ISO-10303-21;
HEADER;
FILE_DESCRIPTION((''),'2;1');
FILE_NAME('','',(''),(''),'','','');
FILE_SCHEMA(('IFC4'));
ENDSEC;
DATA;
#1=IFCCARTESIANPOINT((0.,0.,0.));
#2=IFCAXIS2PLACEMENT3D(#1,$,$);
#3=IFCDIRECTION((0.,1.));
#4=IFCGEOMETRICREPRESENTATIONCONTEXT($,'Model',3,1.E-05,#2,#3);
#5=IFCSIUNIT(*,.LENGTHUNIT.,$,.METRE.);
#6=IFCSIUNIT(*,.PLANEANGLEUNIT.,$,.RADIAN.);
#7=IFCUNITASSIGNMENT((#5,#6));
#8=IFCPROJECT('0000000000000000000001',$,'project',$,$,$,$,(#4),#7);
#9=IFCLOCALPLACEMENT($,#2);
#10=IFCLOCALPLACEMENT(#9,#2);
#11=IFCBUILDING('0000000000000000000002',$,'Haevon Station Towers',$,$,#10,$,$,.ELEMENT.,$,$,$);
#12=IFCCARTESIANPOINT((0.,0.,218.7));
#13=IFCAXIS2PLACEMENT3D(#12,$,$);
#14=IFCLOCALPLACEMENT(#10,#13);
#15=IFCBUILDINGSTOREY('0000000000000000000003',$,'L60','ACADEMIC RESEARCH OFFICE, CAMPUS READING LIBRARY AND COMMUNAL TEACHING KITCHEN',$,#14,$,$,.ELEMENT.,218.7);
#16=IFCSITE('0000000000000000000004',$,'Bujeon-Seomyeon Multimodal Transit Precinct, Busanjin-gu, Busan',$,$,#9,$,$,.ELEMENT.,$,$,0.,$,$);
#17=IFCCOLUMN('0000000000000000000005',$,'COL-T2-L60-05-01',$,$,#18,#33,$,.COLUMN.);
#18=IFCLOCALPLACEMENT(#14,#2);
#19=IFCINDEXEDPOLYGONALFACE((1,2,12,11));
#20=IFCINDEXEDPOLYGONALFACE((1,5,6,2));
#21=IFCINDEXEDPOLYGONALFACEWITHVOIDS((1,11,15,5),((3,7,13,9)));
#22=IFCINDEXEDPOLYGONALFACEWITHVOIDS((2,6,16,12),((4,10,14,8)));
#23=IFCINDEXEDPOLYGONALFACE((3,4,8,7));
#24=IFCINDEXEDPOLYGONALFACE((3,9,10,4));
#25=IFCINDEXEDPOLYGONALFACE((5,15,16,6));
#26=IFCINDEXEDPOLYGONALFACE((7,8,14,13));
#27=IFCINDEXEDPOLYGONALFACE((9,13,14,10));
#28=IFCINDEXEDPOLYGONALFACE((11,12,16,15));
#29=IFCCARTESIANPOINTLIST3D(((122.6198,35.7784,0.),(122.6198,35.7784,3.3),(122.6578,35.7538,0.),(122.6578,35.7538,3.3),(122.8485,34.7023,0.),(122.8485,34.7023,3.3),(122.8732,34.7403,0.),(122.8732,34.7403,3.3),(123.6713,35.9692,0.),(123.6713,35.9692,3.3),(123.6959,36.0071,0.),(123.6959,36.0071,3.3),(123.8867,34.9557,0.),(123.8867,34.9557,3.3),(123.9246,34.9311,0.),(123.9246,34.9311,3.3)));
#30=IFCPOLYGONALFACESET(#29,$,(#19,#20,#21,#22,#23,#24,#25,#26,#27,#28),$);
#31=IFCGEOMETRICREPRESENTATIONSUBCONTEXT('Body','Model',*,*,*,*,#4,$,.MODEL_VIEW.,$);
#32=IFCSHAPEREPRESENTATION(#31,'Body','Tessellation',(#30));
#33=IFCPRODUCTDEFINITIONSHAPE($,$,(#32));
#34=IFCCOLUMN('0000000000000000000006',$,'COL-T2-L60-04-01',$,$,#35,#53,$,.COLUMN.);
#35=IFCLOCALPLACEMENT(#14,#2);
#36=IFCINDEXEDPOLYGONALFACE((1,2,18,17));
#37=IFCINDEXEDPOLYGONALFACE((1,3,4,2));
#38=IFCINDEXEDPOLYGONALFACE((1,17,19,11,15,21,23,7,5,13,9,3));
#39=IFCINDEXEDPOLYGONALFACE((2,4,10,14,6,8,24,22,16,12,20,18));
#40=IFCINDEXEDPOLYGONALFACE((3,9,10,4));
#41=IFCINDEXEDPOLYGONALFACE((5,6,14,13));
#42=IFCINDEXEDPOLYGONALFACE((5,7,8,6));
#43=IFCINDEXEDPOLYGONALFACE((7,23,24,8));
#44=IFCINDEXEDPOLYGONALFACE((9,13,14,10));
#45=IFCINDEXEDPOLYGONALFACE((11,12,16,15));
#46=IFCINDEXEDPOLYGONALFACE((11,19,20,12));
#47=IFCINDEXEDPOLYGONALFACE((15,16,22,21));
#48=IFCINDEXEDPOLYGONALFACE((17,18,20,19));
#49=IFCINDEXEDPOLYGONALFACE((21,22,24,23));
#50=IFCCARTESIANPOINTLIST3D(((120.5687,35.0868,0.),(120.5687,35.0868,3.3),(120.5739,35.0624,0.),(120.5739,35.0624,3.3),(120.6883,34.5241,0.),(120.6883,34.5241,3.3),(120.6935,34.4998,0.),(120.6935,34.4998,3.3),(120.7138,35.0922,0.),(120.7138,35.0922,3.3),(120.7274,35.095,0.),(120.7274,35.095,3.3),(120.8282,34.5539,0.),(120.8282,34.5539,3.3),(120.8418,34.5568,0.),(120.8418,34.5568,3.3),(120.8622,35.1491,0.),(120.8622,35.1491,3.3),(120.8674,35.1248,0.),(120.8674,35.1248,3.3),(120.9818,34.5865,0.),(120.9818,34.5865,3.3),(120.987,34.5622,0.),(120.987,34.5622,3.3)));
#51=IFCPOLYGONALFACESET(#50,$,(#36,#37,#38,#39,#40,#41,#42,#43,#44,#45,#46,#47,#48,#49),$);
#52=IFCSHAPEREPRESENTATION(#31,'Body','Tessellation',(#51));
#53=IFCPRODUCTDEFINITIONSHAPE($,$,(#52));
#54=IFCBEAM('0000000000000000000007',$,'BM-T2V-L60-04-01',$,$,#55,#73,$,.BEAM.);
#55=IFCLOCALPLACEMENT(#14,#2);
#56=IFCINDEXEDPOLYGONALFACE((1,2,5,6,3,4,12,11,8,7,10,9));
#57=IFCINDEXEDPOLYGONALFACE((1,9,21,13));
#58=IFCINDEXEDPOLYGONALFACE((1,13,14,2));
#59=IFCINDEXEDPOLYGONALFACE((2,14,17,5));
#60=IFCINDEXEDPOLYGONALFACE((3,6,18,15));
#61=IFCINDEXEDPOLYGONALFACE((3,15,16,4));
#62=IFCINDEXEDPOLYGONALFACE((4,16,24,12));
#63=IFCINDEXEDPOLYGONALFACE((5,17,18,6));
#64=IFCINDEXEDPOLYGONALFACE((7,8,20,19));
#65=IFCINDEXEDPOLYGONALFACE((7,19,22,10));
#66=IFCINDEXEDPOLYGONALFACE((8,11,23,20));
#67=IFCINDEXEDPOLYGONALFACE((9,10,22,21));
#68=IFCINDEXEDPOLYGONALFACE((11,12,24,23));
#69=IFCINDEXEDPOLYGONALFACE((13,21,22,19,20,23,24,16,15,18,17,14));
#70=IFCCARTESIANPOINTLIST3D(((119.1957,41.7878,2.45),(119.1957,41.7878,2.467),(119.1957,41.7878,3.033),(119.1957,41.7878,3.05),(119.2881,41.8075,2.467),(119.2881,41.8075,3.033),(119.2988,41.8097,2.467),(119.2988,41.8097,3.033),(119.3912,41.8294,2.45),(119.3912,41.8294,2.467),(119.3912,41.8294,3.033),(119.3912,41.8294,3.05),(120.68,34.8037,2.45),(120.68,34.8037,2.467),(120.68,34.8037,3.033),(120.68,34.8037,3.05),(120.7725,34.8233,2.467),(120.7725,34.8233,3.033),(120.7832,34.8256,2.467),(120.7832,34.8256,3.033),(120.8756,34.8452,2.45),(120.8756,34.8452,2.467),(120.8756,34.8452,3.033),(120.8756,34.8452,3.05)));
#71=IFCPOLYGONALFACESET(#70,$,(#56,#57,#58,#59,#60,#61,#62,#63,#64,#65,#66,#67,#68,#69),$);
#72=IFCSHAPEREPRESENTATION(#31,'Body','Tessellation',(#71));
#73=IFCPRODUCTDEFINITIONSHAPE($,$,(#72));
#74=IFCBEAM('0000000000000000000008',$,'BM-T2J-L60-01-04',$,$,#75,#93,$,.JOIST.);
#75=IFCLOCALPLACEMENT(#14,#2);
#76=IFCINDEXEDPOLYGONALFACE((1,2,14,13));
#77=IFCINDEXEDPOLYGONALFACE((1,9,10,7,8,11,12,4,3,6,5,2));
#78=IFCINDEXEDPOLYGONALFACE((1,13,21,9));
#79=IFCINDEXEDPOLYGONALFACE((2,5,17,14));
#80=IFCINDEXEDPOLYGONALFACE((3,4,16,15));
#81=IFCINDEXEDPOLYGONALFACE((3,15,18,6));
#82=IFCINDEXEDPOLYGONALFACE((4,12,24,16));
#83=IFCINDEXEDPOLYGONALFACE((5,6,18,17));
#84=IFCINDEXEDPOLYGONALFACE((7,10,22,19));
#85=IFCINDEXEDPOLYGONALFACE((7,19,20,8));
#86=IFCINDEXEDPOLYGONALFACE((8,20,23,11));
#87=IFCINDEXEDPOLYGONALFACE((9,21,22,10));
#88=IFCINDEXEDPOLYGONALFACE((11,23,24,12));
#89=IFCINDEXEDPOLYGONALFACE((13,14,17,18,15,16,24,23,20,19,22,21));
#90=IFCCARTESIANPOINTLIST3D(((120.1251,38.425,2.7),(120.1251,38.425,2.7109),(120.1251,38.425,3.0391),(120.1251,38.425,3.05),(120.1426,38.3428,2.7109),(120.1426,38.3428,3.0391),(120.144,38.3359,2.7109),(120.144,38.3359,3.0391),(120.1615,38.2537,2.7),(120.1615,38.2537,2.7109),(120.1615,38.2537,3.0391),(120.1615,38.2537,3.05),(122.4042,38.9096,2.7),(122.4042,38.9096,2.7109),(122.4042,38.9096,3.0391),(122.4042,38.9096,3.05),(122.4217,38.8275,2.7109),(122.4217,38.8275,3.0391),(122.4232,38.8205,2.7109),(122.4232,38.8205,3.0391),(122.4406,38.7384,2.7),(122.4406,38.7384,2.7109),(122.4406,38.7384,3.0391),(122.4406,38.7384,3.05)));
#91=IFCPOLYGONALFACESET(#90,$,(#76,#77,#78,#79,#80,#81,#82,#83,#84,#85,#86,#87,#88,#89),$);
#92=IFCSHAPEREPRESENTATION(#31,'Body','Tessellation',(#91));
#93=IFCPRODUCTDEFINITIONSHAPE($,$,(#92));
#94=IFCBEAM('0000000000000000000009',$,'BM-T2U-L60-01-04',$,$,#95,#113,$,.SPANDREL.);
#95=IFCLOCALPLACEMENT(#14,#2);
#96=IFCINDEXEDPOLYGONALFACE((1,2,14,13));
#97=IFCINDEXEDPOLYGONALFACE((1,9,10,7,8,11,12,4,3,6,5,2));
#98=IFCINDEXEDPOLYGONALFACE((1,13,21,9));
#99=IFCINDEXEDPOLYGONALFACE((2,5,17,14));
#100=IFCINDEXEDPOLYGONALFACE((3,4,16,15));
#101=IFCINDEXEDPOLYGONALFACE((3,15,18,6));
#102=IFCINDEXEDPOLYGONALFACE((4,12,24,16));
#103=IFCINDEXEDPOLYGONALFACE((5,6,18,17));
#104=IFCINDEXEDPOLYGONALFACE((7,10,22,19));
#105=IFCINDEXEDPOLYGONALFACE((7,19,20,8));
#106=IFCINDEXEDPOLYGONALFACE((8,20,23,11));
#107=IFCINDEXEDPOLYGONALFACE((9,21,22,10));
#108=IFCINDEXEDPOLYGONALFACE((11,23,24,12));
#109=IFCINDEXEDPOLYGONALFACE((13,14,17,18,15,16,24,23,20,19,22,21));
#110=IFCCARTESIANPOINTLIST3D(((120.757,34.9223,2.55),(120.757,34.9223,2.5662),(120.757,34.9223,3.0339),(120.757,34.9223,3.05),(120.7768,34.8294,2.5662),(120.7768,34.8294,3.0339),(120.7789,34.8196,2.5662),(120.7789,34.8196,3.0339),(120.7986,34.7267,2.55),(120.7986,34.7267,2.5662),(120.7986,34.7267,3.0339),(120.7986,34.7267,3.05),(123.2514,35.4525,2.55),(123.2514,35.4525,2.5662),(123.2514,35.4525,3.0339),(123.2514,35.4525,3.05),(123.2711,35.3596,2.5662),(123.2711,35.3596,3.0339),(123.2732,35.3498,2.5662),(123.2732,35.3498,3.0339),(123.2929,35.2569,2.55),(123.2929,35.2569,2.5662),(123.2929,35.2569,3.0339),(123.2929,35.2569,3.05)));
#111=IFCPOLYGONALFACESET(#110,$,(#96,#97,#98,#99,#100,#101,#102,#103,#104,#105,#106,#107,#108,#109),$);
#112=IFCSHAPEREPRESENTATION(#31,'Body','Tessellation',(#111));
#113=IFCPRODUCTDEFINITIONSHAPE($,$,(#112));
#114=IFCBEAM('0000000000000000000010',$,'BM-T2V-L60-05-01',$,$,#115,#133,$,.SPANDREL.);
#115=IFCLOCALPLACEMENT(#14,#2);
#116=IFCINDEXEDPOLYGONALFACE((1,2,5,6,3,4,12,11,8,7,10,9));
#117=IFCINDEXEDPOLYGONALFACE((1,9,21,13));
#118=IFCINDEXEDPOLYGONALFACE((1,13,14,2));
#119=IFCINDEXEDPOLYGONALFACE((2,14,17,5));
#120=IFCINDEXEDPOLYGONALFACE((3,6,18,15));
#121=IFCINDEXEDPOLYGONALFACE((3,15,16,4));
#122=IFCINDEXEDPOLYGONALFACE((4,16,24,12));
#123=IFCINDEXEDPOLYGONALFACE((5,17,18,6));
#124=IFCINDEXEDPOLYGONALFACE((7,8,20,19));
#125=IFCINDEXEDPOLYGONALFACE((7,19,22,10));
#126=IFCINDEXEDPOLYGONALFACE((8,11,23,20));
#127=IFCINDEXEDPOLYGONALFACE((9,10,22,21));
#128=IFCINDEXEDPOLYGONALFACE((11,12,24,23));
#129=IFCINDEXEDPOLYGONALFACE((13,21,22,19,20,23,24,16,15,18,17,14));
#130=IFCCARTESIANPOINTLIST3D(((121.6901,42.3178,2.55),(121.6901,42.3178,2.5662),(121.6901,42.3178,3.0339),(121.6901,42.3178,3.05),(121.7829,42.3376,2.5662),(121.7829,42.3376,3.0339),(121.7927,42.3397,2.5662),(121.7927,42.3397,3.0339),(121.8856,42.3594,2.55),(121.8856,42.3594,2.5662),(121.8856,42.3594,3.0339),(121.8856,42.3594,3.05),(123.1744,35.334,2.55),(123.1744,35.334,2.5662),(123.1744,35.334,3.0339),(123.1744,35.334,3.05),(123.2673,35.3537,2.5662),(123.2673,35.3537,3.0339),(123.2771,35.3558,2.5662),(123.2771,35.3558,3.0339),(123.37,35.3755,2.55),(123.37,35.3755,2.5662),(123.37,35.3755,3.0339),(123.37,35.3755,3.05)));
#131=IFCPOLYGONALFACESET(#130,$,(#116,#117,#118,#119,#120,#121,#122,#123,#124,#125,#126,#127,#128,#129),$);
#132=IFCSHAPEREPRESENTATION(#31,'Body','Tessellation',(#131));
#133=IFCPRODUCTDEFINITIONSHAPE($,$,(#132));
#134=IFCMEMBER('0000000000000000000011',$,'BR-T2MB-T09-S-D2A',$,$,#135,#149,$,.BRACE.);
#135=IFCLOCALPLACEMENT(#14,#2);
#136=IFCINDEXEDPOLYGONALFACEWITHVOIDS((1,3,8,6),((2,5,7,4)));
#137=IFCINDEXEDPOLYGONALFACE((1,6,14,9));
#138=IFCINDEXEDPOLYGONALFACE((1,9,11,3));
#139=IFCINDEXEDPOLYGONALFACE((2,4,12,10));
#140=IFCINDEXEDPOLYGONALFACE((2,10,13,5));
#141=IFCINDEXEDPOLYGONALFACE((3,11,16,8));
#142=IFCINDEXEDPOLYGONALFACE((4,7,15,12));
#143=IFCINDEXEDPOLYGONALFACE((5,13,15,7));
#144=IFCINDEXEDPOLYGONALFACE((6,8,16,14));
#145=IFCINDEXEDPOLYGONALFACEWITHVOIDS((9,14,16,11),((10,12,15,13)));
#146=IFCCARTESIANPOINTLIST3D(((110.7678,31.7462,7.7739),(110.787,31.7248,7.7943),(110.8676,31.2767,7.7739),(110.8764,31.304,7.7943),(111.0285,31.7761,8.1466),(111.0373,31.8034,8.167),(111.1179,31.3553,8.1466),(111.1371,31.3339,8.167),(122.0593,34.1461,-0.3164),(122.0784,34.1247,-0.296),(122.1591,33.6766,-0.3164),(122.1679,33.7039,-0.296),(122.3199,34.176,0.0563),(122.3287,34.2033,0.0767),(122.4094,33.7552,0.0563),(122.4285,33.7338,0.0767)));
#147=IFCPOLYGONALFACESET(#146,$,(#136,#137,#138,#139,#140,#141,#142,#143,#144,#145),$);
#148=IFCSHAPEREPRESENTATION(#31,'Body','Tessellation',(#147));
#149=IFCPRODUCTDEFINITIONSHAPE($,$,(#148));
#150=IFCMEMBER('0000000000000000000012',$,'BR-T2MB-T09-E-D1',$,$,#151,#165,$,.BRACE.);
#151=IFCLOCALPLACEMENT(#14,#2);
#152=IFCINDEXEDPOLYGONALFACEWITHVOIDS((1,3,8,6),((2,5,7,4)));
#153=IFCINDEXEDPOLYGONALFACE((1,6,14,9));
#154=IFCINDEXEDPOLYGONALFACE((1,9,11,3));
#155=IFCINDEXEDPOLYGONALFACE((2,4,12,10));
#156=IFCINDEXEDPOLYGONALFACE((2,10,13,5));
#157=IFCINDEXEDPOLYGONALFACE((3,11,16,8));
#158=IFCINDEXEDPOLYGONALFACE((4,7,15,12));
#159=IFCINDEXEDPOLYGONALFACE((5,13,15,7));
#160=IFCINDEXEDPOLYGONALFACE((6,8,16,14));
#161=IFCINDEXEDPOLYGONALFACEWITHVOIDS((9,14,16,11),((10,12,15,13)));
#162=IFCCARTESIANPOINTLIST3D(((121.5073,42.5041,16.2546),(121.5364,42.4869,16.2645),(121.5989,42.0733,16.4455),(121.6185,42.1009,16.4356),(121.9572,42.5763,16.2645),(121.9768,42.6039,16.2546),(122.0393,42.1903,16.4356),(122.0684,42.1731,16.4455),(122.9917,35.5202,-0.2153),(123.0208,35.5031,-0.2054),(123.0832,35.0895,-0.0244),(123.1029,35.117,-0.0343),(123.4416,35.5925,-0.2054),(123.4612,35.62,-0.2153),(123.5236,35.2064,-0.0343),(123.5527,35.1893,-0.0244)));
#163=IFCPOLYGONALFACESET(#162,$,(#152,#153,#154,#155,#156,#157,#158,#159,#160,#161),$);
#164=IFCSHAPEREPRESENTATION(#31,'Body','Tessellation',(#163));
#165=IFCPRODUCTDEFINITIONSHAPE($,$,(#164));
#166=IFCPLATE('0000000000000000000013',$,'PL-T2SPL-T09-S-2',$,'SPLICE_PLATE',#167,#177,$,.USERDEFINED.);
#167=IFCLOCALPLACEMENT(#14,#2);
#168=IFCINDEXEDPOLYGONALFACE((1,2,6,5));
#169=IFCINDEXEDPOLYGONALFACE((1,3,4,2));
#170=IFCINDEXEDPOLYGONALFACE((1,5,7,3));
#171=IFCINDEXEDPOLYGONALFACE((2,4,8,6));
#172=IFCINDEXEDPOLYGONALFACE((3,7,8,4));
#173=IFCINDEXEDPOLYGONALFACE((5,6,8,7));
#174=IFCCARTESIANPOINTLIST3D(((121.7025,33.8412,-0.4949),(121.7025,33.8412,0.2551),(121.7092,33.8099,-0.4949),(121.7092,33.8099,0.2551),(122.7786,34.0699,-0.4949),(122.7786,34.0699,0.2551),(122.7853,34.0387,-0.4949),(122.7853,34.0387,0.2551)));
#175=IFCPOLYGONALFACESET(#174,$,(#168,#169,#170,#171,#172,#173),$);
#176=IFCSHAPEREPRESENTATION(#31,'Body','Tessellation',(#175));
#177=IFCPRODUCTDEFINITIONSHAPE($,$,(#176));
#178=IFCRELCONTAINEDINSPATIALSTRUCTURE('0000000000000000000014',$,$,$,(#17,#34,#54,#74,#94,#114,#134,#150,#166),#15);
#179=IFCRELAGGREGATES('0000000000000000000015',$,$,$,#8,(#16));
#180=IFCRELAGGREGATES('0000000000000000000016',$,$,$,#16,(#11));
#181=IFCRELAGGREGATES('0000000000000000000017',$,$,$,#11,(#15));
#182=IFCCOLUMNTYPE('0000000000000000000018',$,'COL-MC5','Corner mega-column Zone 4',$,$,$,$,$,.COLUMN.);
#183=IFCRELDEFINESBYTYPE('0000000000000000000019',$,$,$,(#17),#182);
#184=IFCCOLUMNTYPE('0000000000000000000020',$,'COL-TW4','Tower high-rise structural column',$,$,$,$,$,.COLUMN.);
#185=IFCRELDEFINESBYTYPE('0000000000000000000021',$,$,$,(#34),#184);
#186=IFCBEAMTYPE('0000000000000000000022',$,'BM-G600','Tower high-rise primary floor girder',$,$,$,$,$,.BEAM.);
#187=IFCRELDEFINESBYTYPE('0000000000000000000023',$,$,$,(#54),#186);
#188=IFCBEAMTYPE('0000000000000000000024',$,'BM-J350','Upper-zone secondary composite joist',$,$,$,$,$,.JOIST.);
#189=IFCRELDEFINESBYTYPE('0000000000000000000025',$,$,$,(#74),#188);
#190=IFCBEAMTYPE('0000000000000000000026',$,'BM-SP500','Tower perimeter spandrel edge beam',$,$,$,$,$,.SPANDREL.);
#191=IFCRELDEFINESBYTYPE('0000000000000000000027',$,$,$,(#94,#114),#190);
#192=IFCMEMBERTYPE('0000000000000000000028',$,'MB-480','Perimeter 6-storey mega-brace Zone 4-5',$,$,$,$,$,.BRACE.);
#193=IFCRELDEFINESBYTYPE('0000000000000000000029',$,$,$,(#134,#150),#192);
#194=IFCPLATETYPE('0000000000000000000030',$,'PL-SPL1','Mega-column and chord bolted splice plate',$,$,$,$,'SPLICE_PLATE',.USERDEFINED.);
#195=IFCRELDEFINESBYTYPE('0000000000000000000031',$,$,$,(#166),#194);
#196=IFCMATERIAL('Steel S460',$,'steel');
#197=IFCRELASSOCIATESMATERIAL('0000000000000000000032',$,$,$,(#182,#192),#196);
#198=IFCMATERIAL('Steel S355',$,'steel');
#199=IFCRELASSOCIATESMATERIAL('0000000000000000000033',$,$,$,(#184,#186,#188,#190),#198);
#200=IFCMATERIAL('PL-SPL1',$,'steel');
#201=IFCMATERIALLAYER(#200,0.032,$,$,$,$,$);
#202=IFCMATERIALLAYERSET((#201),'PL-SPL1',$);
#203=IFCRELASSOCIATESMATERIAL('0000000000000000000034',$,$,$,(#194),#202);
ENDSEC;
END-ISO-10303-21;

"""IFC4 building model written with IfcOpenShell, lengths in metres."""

from ifc_helpers import new_model, si_unit, direction, frame, origin, origin_2d, place, context, subcontext, project, spatial, rectangle, hollow_rectangle, i_section, extrude, material, layer, layer_set, material_profile, profile_set, type_object, element, save


model = new_model("IFC4")

# Units and contexts
model_context = context("Model", 3, precision=1e-05, world=origin(), true_north=direction((0.0, 1.0)))
body_context = subcontext(model_context, "Body", "Model", "MODEL_VIEW")
ifc_project = project(units=[si_unit("LENGTHUNIT", "METRE"), si_unit("PLANEANGLEUNIT", "RADIAN")], contexts=[model_context])

# Site, building, storey
site_placement = place(None, origin())
site = spatial("IfcSite", under=ifc_project, at=site_placement, Name="Bujeon-Seomyeon Multimodal Transit Precinct, Busanjin-gu, Busan", CompositionType="ELEMENT", RefElevation=0.0)
building_placement = place(site_placement, origin())
building = spatial("IfcBuilding", under=site, at=building_placement, Name="Haevon Station Towers", CompositionType="ELEMENT")
storey_placement = place(building_placement, frame((0.0, 0.0, 218.7)))
storey = spatial("IfcBuildingStorey", under=building, at=storey_placement, Name="L60", Description="ACADEMIC RESEARCH OFFICE, CAMPUS READING LIBRARY AND COMMUNAL TEACHING KITCHEN", CompositionType="ELEMENT", Elevation=218.7)

# Columns
ifc_material_1 = material(Name="Steel S460", Category="steel")
ifc_material_profile_1 = material_profile(ifc_material_1, hollow_rectangle(XDim=1.1001, YDim=1.1001, WallThickness=0.032, at=origin_2d()), Name="BOX-1100x1100x32")
ifc_profile_set_1 = profile_set([ifc_material_profile_1], Name="Steel S460")
column_type_1 = type_object("IfcColumnType", Name="COL-MC5", Description="Corner mega-column Zone 4", PredefinedType="COLUMN", material=ifc_profile_set_1)
column_1_placement = place(storey_placement, frame((123.2722, 35.3547, 0.0), z_axis=(0.0, 0.0, 1.0), x_axis=(0.978148, 0.207912, 0.0)))
element("IfcColumn", 1, at=column_1_placement, inside=storey, type_object=column_type_1, Name="COL-T2-L60-05-01", PredefinedType="COLUMN", context=body_context, shape_type="SweptSolid", body=[
    extrude(hollow_rectangle(XDim=1.1001, YDim=1.1001, WallThickness=0.032, at=origin_2d()), origin(), (0.0, 0.0, 1.0), 3.3),
])
ifc_material_2 = material(Name="Steel S355", Category="steel")
ifc_material_profile_2 = material_profile(ifc_material_2, i_section(OverallWidth=0.3, OverallDepth=0.6001, WebThickness=0.0139, FlangeThickness=0.0249, at=origin_2d()), Name="H-600x300x14x25")
ifc_profile_set_2 = profile_set([ifc_material_profile_2], Name="Steel S355")
column_type_2 = type_object("IfcColumnType", Name="COL-TW4", Description="Tower high-rise structural column", PredefinedType="COLUMN", material=ifc_profile_set_2)
column_2_placement = place(storey_placement, frame((120.7778, 34.8245, 0.0), z_axis=(0.0, 0.0, 1.0), x_axis=(0.978148, 0.207912, 0.0)))
element("IfcColumn", 2, at=column_2_placement, inside=storey, type_object=column_type_2, Name="COL-T2-L60-04-01", PredefinedType="COLUMN", context=body_context, shape_type="SweptSolid", body=[
    extrude(i_section(OverallWidth=0.3, OverallDepth=0.6001, WebThickness=0.0139, FlangeThickness=0.0249, at=origin_2d()), origin(), (0.0, 0.0, 1.0), 3.3),
])

# Beams
ifc_material_profile_3 = material_profile(ifc_material_2, i_section(OverallWidth=0.2, OverallDepth=0.6001, WebThickness=0.011, FlangeThickness=0.0171, at=origin_2d()), Name="H-600x200x11x17")
ifc_profile_set_3 = profile_set([ifc_material_profile_3], Name="Steel S355")
beam_type_1 = type_object("IfcBeamType", Name="BM-G600", Description="Tower high-rise primary floor girder", PredefinedType="BEAM", material=ifc_profile_set_3)
beam_1_placement = place(storey_placement, frame((120.7778, 34.8245, 2.75), z_axis=(-0.207892, 0.978152, 0.0), x_axis=(-0.978152, -0.207892, 0.0)))
element("IfcBeam", 3, at=beam_1_placement, inside=storey, type_object=beam_type_1, Name="BM-T2V-L60-04-01", PredefinedType="BEAM", context=body_context, shape_type="SweptSolid", body=[
    extrude(i_section(OverallWidth=0.2, OverallDepth=0.6001, WebThickness=0.011, FlangeThickness=0.0171, at=origin_2d()), origin(), (0.0, 0.0, 1.0), 7.1401),
])
ifc_material_profile_4 = material_profile(ifc_material_2, i_section(OverallWidth=0.175, OverallDepth=0.3501, WebThickness=0.0071, FlangeThickness=0.011, at=origin_2d()), Name="H-350x175x7x11")
ifc_profile_set_4 = profile_set([ifc_material_profile_4], Name="Steel S355")
beam_type_2 = type_object("IfcBeamType", Name="BM-J350", Description="Upper-zone secondary composite joist", PredefinedType="JOIST", material=ifc_profile_set_4)
beam_2_placement = place(storey_placement, frame((120.1433, 38.3394, 2.875), z_axis=(0.978131, 0.20799, 0.0), x_axis=(-0.20799, 0.978131, 0.0)))
element("IfcBeam", 4, at=beam_2_placement, inside=storey, type_object=beam_type_2, Name="BM-T2J-L60-01-04", PredefinedType="JOIST", context=body_context, shape_type="SweptSolid", body=[
    extrude(i_section(OverallWidth=0.175, OverallDepth=0.3501, WebThickness=0.0071, FlangeThickness=0.011, at=origin_2d()), origin(), (0.0, 0.0, 1.0), 2.3301),
])
ifc_material_profile_5 = material_profile(ifc_material_2, i_section(OverallWidth=0.2, OverallDepth=0.5, WebThickness=0.01, FlangeThickness=0.0161, at=origin_2d()), Name="H-500x200x10x16")
ifc_profile_set_5 = profile_set([ifc_material_profile_5], Name="Steel S355")
beam_type_3 = type_object("IfcBeamType", Name="BM-SP500", Description="Tower perimeter spandrel edge beam", PredefinedType="SPANDREL", material=ifc_profile_set_5)
beam_3_placement = place(storey_placement, frame((120.7778, 34.8245, 2.8), z_axis=(0.978142, 0.20794, 0.0), x_axis=(-0.20794, 0.978142, 0.0)))
element("IfcBeam", 5, at=beam_3_placement, inside=storey, type_object=beam_type_3, Name="BM-T2U-L60-01-04", PredefinedType="SPANDREL", context=body_context, shape_type="SweptSolid", body=[
    extrude(i_section(OverallWidth=0.2, OverallDepth=0.5, WebThickness=0.01, FlangeThickness=0.0161, at=origin_2d()), origin(), (0.0, 0.0, 1.0), 2.55),
])
beam_4_placement = place(storey_placement, frame((123.2722, 35.3547, 2.8), z_axis=(-0.207899, 0.97815, 0.0), x_axis=(-0.97815, -0.207899, 0.0)))
element("IfcBeam", 6, at=beam_4_placement, inside=storey, type_object=beam_type_3, Name="BM-T2V-L60-05-01", PredefinedType="SPANDREL", context=body_context, shape_type="SweptSolid", body=[
    extrude(i_section(OverallWidth=0.2, OverallDepth=0.5, WebThickness=0.01, FlangeThickness=0.0161, at=origin_2d()), origin(), (0.0, 0.0, 1.0), 7.1399),
])

# Members
ifc_material_profile_6 = material_profile(ifc_material_1, hollow_rectangle(XDim=0.48, YDim=0.48, WallThickness=0.0249, at=origin_2d()), Name="RHS-480x480x25")
ifc_profile_set_6 = profile_set([ifc_material_profile_6], Name="Steel S460")
member_type = type_object("IfcMemberType", Name="MB-480", Description="Perimeter 6-storey mega-brace Zone 4-5", PredefinedType="BRACE", material=ifc_profile_set_6)
member_1_placement = place(storey_placement, frame((122.2439, 33.9399, -0.1199), z_axis=(-0.801015, -0.170248, 0.573925), x_axis=(0.207897, -0.978151, 0.0)))
element("IfcMember", 7, at=member_1_placement, inside=storey, type_object=member_type, Name="BR-T2MB-T09-S-D2A", PredefinedType="BRACE", context=body_context, shape_type="SweptSolid", body=[
    extrude(hollow_rectangle(XDim=0.48, YDim=0.48, WallThickness=0.0249, at=origin_2d()), origin(), (0.0, 0.0, 1.0), 14.0964),
])
member_2_placement = place(storey_placement, frame((123.2722, 35.3547, -0.1199), z_axis=(-0.08269, 0.389053, 0.917497), x_axis=(-0.97815, -0.207899, 0.0)))
element("IfcMember", 8, at=member_2_placement, inside=storey, type_object=member_type, Name="BR-T2MB-T09-E-D1", PredefinedType="BRACE", context=body_context, shape_type="SweptSolid", body=[
    extrude(hollow_rectangle(XDim=0.48, YDim=0.48, WallThickness=0.0249, at=origin_2d()), origin(), (0.0, 0.0, 1.0), 17.9509),
])

# Plate
ifc_material_3 = material(Name="PL-SPL1", Category="steel")
ifc_layer_1 = layer(ifc_material_3, 0.032)
ifc_layer_set_1 = layer_set([ifc_layer_1], Name="PL-SPL1")
plate_type = type_object("IfcPlateType", Name="PL-SPL1", Description="Mega-column and chord bolted splice plate", ElementType="SPLICE_PLATE", PredefinedType="USERDEFINED", material=ifc_layer_set_1)
for number, where, z_axis, x_axis, name in (
    (9, (122.2439, 33.9399, -0.4949), (0.0, 0.0, 1.0), (0.978148, 0.207912, 0.0), "PL-T2SPL-T09-S-2"),
):
    element("IfcPlate", number, at=place(storey_placement, frame(where, z_axis=z_axis, x_axis=x_axis)), inside=storey, type_object=plate_type, Name=name, ObjectType="SPLICE_PLATE", PredefinedType="USERDEFINED", context=body_context, shape_type="SweptSolid", body=[
        extrude(rectangle(XDim=1.1001, YDim=0.032, at=origin_2d()), origin(), (0.0, 0.0, 1.0), 0.75),
    ])

save(model, "model.ifc")
